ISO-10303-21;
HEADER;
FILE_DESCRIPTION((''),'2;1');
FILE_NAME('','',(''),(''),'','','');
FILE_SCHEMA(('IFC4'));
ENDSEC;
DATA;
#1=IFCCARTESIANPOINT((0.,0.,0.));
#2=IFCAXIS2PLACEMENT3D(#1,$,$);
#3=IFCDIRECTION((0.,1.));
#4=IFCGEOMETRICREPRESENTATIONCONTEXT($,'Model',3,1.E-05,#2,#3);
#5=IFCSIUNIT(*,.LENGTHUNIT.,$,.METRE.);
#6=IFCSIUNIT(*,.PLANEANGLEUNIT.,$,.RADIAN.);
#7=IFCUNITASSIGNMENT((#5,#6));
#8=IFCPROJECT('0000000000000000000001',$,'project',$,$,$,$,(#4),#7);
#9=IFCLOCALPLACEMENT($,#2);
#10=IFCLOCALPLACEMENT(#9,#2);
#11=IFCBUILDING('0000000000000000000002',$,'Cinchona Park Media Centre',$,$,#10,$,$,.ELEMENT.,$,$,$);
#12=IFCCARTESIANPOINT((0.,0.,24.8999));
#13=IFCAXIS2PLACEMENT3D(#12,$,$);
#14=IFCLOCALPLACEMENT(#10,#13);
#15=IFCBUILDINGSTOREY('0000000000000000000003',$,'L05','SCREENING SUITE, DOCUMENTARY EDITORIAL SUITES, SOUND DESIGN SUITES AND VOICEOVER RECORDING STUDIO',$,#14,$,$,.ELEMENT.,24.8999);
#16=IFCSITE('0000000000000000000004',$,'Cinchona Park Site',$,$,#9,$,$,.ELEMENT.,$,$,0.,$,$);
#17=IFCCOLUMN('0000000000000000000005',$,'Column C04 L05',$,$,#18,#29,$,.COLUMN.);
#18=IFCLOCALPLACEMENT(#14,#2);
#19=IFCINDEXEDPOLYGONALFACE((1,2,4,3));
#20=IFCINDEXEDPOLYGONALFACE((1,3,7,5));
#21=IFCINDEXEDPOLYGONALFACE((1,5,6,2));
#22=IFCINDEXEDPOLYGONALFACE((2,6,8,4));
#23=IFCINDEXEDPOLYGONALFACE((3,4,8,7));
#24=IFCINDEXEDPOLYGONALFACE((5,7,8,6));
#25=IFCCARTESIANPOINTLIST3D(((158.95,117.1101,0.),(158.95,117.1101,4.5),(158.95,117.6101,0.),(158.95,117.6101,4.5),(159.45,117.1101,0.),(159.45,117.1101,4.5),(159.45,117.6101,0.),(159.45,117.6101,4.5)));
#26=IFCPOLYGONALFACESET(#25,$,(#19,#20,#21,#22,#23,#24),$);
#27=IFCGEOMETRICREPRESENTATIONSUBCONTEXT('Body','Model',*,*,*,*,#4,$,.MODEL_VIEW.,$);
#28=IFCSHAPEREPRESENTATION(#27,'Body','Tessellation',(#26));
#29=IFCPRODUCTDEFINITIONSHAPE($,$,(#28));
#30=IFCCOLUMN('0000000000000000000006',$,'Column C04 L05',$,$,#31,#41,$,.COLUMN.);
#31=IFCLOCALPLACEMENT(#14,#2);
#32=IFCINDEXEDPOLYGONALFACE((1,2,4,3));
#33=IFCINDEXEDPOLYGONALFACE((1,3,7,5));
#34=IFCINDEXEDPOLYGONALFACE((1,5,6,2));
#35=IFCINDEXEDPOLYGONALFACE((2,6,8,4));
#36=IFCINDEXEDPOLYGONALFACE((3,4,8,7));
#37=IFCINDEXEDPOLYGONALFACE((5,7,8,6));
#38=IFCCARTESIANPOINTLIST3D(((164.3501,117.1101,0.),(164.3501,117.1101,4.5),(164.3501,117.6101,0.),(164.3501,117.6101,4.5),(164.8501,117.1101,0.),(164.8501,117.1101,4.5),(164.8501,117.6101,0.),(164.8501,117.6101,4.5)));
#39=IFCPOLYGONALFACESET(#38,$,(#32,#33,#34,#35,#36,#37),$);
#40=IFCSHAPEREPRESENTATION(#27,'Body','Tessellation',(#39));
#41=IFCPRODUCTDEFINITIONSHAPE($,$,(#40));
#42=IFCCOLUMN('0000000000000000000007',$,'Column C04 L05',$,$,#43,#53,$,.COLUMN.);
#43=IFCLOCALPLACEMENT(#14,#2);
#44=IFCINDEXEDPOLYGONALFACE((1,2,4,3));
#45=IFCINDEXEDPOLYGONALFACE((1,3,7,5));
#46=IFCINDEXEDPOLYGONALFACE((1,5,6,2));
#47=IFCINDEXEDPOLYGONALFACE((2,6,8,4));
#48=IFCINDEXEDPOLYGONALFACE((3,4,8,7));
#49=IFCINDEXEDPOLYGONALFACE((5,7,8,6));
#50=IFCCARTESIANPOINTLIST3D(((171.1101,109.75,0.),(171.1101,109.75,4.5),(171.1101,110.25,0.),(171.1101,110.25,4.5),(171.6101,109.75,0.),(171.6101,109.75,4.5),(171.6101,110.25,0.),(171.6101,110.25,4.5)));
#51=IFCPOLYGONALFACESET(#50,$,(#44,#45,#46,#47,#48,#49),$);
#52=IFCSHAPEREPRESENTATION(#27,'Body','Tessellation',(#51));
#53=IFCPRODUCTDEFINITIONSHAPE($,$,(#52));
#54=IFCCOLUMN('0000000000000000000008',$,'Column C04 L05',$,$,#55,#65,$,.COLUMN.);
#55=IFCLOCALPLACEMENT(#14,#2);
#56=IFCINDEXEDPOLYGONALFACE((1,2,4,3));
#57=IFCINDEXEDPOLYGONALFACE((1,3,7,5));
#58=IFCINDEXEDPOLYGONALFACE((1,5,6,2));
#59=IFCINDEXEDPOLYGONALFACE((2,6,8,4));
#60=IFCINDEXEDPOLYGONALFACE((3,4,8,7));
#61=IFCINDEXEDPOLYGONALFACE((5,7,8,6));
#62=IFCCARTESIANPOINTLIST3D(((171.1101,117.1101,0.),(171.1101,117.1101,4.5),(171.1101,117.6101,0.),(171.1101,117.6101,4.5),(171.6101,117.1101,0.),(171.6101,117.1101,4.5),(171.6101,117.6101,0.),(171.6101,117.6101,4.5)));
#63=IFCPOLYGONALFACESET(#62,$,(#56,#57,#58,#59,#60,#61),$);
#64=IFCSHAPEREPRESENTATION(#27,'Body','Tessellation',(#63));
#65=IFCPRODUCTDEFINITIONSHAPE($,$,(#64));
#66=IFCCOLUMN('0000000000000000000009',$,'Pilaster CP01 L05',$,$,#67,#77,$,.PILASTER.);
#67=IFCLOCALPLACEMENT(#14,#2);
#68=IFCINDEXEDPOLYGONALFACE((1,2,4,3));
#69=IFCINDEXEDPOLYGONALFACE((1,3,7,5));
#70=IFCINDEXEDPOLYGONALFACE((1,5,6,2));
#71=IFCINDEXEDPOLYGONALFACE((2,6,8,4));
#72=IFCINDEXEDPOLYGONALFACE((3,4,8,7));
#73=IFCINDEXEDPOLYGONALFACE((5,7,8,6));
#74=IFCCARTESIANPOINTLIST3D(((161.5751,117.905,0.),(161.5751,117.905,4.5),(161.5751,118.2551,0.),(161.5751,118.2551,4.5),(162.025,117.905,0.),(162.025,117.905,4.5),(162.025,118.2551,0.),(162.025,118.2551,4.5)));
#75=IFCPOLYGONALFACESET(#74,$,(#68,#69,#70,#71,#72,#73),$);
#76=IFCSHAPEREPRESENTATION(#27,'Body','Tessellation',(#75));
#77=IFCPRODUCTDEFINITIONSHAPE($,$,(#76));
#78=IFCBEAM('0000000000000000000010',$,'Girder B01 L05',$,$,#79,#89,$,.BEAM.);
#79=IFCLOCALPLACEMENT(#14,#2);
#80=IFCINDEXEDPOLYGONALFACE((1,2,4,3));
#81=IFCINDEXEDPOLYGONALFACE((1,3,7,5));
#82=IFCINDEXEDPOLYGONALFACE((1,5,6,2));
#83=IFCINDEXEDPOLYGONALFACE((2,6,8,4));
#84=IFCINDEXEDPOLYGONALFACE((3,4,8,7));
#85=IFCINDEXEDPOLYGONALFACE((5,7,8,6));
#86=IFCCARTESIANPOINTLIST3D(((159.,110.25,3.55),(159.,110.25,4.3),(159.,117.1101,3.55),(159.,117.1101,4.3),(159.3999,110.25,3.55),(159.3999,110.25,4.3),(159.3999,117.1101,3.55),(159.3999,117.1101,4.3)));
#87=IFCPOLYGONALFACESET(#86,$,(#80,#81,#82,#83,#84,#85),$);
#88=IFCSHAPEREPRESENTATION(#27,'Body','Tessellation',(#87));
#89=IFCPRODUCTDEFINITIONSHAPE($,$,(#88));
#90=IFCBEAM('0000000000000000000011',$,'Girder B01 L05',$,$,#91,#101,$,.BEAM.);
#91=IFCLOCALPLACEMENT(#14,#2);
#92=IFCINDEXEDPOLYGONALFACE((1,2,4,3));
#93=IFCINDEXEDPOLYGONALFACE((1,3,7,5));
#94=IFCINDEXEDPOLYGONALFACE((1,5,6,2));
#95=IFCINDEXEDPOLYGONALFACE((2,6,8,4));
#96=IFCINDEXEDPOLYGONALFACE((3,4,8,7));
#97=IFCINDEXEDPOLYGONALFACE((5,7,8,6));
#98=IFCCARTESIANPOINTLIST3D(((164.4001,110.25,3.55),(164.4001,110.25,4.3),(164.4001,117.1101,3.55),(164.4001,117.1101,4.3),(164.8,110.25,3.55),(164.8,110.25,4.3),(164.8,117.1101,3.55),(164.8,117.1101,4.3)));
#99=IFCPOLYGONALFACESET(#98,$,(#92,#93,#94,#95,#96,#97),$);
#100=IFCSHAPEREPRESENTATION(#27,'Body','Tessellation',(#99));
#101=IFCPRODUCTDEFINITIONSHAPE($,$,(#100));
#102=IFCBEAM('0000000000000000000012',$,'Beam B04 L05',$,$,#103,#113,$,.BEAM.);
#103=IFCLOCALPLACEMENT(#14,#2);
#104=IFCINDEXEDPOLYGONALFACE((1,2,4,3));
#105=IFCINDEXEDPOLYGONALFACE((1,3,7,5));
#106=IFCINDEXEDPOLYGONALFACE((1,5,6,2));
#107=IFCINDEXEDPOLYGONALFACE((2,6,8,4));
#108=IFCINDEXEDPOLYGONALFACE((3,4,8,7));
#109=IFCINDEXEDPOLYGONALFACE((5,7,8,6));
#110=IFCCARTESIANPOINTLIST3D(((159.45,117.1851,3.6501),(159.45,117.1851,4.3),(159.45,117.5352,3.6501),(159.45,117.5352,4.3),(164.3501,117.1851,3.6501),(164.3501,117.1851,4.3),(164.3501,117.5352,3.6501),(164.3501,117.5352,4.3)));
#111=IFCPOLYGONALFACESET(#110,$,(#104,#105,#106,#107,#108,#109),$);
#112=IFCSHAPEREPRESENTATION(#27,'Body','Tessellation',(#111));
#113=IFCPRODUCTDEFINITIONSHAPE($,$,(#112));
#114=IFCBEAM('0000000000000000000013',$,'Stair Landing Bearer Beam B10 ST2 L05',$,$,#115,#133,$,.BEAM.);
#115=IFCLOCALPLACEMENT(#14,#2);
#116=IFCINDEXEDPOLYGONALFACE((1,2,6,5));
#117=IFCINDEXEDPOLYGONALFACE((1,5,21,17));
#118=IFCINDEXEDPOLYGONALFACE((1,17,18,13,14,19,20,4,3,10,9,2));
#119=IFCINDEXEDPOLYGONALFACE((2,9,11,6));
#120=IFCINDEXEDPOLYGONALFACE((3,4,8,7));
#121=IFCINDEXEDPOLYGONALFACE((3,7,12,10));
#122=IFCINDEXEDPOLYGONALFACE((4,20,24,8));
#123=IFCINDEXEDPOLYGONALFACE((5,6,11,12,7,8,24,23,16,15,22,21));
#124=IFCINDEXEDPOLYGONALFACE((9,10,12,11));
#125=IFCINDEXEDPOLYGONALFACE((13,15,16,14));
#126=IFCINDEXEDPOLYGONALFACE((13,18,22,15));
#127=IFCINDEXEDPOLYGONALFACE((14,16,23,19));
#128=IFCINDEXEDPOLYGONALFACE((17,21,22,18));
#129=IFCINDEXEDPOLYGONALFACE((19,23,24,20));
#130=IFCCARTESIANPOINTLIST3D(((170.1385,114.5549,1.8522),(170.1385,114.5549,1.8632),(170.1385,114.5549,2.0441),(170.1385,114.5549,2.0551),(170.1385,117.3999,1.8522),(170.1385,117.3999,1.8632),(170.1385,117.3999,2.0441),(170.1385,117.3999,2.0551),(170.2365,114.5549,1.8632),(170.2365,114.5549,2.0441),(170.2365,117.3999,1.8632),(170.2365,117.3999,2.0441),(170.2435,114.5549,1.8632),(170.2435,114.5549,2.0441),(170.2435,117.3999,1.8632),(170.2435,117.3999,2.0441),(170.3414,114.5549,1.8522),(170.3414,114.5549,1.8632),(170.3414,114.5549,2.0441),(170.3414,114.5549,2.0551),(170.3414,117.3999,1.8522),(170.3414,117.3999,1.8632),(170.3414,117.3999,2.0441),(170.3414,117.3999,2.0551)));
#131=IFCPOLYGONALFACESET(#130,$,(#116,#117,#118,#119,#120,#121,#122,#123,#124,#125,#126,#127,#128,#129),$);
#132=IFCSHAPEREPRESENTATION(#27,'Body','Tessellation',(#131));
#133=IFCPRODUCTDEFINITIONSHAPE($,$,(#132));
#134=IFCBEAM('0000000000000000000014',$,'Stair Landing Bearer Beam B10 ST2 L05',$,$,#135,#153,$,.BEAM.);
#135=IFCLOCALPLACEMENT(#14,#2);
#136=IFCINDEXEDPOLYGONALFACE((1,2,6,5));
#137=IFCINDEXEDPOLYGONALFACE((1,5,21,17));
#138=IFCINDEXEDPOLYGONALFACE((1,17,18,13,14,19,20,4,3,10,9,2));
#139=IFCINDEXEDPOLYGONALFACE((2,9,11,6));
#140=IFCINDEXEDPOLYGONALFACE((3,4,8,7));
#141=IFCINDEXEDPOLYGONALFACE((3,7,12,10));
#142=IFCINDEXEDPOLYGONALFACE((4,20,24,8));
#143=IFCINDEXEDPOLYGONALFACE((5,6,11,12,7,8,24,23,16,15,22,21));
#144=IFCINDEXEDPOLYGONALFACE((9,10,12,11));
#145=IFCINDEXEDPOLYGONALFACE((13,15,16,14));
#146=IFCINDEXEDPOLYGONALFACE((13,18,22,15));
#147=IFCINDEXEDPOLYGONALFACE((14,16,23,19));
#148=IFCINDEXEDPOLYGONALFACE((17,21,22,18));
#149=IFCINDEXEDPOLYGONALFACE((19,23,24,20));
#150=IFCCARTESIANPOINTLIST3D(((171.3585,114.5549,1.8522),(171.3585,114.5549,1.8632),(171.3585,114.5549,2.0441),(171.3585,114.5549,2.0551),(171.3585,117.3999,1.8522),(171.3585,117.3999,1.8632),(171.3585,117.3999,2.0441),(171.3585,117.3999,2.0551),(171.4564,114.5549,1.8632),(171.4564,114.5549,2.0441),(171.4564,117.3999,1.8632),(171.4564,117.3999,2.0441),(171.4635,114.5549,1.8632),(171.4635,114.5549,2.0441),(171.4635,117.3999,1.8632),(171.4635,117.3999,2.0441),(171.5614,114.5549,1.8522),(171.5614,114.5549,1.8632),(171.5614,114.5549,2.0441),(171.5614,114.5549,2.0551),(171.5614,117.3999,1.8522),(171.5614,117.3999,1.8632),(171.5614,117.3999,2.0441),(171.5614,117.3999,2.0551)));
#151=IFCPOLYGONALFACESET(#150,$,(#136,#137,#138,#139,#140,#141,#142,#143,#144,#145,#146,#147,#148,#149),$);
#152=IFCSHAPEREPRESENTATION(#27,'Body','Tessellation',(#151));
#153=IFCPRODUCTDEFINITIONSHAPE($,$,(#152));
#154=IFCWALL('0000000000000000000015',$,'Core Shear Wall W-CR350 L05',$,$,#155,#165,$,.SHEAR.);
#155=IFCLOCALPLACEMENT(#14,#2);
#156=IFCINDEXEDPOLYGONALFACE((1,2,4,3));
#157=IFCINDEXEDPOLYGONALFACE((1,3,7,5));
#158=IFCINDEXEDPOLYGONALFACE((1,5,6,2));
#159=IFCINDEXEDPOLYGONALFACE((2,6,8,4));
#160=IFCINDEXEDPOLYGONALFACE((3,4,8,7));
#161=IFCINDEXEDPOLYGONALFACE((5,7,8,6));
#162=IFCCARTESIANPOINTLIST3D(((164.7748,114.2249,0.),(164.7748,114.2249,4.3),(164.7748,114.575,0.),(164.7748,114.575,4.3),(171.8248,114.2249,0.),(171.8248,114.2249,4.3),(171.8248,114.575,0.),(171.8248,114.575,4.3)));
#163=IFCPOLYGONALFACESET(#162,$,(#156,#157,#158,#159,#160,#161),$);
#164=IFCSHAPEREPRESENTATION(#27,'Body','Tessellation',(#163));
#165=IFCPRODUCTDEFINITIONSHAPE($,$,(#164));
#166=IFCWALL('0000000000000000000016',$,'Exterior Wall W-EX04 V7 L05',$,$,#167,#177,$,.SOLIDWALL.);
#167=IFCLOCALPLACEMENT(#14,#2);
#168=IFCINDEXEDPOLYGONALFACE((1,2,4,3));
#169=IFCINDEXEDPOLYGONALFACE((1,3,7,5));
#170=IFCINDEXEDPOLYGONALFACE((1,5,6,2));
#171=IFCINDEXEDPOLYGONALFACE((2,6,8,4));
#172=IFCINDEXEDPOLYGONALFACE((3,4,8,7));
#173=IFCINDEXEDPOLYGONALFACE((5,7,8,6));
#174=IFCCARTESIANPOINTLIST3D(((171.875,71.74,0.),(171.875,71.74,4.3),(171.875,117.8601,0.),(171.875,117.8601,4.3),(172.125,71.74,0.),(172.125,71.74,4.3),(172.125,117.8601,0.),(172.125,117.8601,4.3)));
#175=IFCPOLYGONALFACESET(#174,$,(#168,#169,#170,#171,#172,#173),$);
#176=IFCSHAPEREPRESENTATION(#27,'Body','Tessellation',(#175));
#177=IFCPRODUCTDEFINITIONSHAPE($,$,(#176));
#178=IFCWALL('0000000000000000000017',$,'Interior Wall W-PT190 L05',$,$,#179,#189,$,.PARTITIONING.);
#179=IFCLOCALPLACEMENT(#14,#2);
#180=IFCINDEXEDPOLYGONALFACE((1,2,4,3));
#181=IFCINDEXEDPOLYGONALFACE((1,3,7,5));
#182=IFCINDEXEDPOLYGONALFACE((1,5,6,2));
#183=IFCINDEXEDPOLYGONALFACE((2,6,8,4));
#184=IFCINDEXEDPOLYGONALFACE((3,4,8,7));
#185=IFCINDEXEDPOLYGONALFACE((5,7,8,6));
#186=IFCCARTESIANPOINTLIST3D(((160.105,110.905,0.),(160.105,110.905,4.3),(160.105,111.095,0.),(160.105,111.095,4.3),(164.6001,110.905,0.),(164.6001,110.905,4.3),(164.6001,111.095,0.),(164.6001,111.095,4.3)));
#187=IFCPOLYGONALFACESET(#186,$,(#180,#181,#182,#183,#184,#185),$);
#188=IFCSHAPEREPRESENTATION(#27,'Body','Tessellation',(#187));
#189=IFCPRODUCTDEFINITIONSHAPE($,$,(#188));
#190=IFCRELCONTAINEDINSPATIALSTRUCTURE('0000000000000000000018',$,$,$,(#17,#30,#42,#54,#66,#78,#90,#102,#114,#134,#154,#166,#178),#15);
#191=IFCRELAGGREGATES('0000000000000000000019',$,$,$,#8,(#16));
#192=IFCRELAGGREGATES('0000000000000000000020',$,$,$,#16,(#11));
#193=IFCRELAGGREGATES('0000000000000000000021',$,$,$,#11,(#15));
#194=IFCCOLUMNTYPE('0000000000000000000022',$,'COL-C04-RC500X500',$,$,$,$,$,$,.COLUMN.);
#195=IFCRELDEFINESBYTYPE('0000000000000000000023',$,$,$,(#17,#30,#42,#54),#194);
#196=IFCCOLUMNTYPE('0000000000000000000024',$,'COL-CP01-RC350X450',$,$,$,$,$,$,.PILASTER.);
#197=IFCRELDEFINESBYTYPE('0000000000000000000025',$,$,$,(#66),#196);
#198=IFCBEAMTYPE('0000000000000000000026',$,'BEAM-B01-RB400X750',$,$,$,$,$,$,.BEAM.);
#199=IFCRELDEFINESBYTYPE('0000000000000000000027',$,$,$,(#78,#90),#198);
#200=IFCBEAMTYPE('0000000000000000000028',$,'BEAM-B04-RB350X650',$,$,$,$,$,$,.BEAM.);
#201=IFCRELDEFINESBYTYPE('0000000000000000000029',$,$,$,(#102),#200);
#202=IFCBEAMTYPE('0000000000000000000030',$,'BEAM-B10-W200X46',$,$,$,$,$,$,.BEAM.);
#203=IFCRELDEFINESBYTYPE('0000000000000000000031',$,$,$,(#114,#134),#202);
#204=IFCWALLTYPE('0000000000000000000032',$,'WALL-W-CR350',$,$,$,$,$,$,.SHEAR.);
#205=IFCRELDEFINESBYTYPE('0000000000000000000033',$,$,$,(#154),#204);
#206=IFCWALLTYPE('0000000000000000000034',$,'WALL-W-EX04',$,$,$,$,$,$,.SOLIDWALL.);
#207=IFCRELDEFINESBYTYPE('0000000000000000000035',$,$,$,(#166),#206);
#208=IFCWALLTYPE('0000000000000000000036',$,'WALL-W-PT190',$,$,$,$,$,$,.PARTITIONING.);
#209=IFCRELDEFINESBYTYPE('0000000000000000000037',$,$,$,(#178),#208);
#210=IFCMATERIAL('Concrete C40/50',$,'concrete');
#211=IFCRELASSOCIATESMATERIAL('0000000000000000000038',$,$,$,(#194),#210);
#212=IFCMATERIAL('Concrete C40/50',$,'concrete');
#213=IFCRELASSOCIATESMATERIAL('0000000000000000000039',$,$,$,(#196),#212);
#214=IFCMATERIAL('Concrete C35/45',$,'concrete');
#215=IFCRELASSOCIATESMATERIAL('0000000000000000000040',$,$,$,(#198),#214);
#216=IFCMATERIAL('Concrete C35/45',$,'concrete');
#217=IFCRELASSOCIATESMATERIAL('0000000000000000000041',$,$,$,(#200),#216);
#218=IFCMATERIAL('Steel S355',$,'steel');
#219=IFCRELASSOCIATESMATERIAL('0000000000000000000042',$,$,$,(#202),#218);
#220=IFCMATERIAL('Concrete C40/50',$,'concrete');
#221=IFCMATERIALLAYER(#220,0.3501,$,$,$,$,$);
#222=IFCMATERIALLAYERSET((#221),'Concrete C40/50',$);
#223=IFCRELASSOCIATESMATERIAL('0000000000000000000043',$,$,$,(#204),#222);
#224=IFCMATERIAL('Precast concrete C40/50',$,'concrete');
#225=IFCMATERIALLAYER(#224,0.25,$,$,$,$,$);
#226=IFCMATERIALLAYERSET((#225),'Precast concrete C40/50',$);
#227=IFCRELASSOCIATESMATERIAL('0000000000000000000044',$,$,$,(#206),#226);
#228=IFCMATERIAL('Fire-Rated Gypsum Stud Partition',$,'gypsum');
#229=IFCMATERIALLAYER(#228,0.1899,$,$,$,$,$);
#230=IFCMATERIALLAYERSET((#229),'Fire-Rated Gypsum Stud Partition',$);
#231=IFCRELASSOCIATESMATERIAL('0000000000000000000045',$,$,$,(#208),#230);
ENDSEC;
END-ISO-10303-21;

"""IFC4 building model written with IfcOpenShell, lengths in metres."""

from ifc_helpers import new_model, si_unit, direction, frame, frame_2d, origin, origin_2d, place, context, subcontext, project, spatial, rectangle, i_section, extrude, material, layer, layer_set, material_profile, profile_set, type_object, element, save


model = new_model("IFC4")

# Units and contexts
model_context = context("Model", 3, precision=1e-05, world=origin(), true_north=direction((0.0, 1.0)))
body_context = subcontext(model_context, "Body", "Model", "MODEL_VIEW")
ifc_project = project(units=[si_unit("LENGTHUNIT", "METRE"), si_unit("PLANEANGLEUNIT", "RADIAN")], contexts=[model_context])

# Site, building, storey
site_placement = place(None, origin())
site = spatial("IfcSite", under=ifc_project, at=site_placement, Name="Cinchona Park Site", CompositionType="ELEMENT", RefElevation=0.0)
building_placement = place(site_placement, origin())
building = spatial("IfcBuilding", under=site, at=building_placement, Name="Cinchona Park Media Centre", CompositionType="ELEMENT")
storey_placement = place(building_placement, frame((0.0, 0.0, 24.8999)))
storey = spatial("IfcBuildingStorey", under=building, at=storey_placement, Name="L05", Description="SCREENING SUITE, DOCUMENTARY EDITORIAL SUITES, SOUND DESIGN SUITES AND VOICEOVER RECORDING STUDIO", CompositionType="ELEMENT", Elevation=24.8999)

# Columns
ifc_material_1 = material(Name="Concrete C40/50", Category="concrete")
ifc_material_profile_1 = material_profile(ifc_material_1, rectangle(XDim=0.5, YDim=0.5, at=origin_2d()), Name="RC 500X500")
ifc_profile_set_1 = profile_set([ifc_material_profile_1], Name="Concrete C40/50")
column_type_1 = type_object("IfcColumnType", Name="COL-C04-RC500X500", PredefinedType="COLUMN", material=ifc_profile_set_1)
for number, where, z_axis, x_axis, name in (
    (1, (159.2, 117.3601, 0.0), (0.0, 0.0, 1.0), (1.0, 0.0, 0.0), "Column C04 L05"),
    (2, (164.6001, 117.3601, 0.0), (0.0, 0.0, 1.0), (1.0, 0.0, 0.0), "Column C04 L05"),
    (3, (171.3601, 110.0, 0.0), (0.0, 0.0, 1.0), (1.0, 0.0, 0.0), "Column C04 L05"),
    (4, (171.3601, 117.3601, 0.0), (0.0, 0.0, 1.0), (1.0, 0.0, 0.0), "Column C04 L05"),
):
    element("IfcColumn", number, at=place(storey_placement, frame(where, z_axis=z_axis, x_axis=x_axis)), inside=storey, type_object=column_type_1, Name=name, PredefinedType="COLUMN", context=body_context, shape_type="SweptSolid", body=[
        extrude(rectangle(XDim=0.5, YDim=0.5, at=origin_2d()), origin(), (0.0, 0.0, 1.0), 4.5),
    ])
ifc_material_2 = material(Name="Concrete C40/50", Category="concrete")
ifc_material_profile_2 = material_profile(ifc_material_2, rectangle(XDim=0.3501, YDim=0.45, at=origin_2d()), Name="RC 350X450")
ifc_profile_set_2 = profile_set([ifc_material_profile_2], Name="Concrete C40/50")
column_type_2 = type_object("IfcColumnType", Name="COL-CP01-RC350X450", PredefinedType="PILASTER", material=ifc_profile_set_2)
column_placement = place(storey_placement, frame((161.8, 118.0801, 0.0), z_axis=(0.0, 0.0, 1.0), x_axis=(0.0, 1.0, 0.0)))
element("IfcColumn", 5, at=column_placement, inside=storey, type_object=column_type_2, Name="Pilaster CP01 L05", PredefinedType="PILASTER", context=body_context, shape_type="SweptSolid", body=[
    extrude(rectangle(XDim=0.3501, YDim=0.45, at=origin_2d()), origin(), (0.0, 0.0, 1.0), 4.5),
])

# Beams
ifc_material_3 = material(Name="Concrete C35/45", Category="concrete")
ifc_material_profile_3 = material_profile(ifc_material_3, rectangle(XDim=0.3999, YDim=0.75, at=origin_2d()), Name="RB 400X750")
ifc_profile_set_3 = profile_set([ifc_material_profile_3], Name="Concrete C35/45")
beam_type_1 = type_object("IfcBeamType", Name="BEAM-B01-RB400X750", PredefinedType="BEAM", material=ifc_profile_set_3)
for number, where, z_axis, x_axis, name in (
    (6, (159.2, 110.25, 3.925), (0.0, 1.0, 0.0), (-1.0, 0.0, 0.0), "Girder B01 L05"),
    (7, (164.6001, 110.25, 3.925), (0.0, 1.0, 0.0), (-1.0, 0.0, 0.0), "Girder B01 L05"),
):
    element("IfcBeam", number, at=place(storey_placement, frame(where, z_axis=z_axis, x_axis=x_axis)), inside=storey, type_object=beam_type_1, Name=name, PredefinedType="BEAM", context=body_context, shape_type="SweptSolid", body=[
        extrude(rectangle(XDim=0.3999, YDim=0.75, at=origin_2d()), origin(), (0.0, 0.0, 1.0), 6.8601),
    ])
ifc_material_4 = material(Name="Concrete C35/45", Category="concrete")
ifc_material_profile_4 = material_profile(ifc_material_4, rectangle(XDim=0.3501, YDim=0.6499, at=origin_2d()), Name="RB 350X650")
ifc_profile_set_4 = profile_set([ifc_material_profile_4], Name="Concrete C35/45")
beam_type_2 = type_object("IfcBeamType", Name="BEAM-B04-RB350X650", PredefinedType="BEAM", material=ifc_profile_set_4)
beam_placement = place(storey_placement, frame((159.45, 117.3601, 3.9751), z_axis=(1.0, 0.0, 0.0), x_axis=(0.0, 1.0, 0.0)))
element("IfcBeam", 8, at=beam_placement, inside=storey, type_object=beam_type_2, Name="Beam B04 L05", PredefinedType="BEAM", context=body_context, shape_type="SweptSolid", body=[
    extrude(rectangle(XDim=0.3501, YDim=0.6499, at=origin_2d()), origin(), (0.0, 0.0, 1.0), 4.9001),
])
ifc_material_5 = material(Name="Steel S355", Category="steel")
ifc_material_profile_5 = material_profile(ifc_material_5, i_section(OverallWidth=0.2029, OverallDepth=0.2029, WebThickness=0.0071, FlangeThickness=0.011, at=origin_2d()), Name="W200X46")
ifc_profile_set_5 = profile_set([ifc_material_profile_5], Name="Steel S355")
beam_type_3 = type_object("IfcBeamType", Name="BEAM-B10-W200X46", PredefinedType="BEAM", material=ifc_profile_set_5)
for number, where, z_axis, x_axis, name in (
    (9, (170.24, 114.5549, 1.9536), (0.0, 1.0, 0.0), (-1.0, 0.0, 0.0), "Stair Landing Bearer Beam B10 ST2 L05"),
    (10, (171.46, 114.5549, 1.9536), (0.0, 1.0, 0.0), (-1.0, 0.0, 0.0), "Stair Landing Bearer Beam B10 ST2 L05"),
):
    element("IfcBeam", number, at=place(storey_placement, frame(where, z_axis=z_axis, x_axis=x_axis)), inside=storey, type_object=beam_type_3, Name=name, PredefinedType="BEAM", context=body_context, shape_type="SweptSolid", body=[
        extrude(i_section(OverallWidth=0.2029, OverallDepth=0.2029, WebThickness=0.0071, FlangeThickness=0.011, at=origin_2d()), origin(), (0.0, 0.0, 1.0), 2.845),
    ])

# Shared definitions
ifc_material_6 = material(Name="Concrete C40/50", Category="concrete")
ifc_layer_1 = layer(ifc_material_6, 0.3501)
ifc_layer_set_1 = layer_set([ifc_layer_1], Name="Concrete C40/50")
wall_type_1 = type_object("IfcWallType", Name="WALL-W-CR350", PredefinedType="SHEAR", material=ifc_layer_set_1)

# Walls
wall_1_placement = place(storey_placement, frame((164.7749, 114.3999, 0.0), z_axis=(0.0, 0.0, 1.0), x_axis=(1.0, 0.0, 0.0)))
element("IfcWall", 11, at=wall_1_placement, inside=storey, type_object=wall_type_1, Name="Core Shear Wall W-CR350 L05", PredefinedType="SHEAR", context=body_context, shape_type="SweptSolid", body=[
    extrude(rectangle(XDim=7.05, YDim=0.3501, at=frame_2d((3.5249, 0.0))), origin(), (0.0, 0.0, 1.0), 4.3),
])
ifc_material_7 = material(Name="Precast concrete C40/50", Category="concrete")
ifc_layer_2 = layer(ifc_material_7, 0.25)
ifc_layer_set_2 = layer_set([ifc_layer_2], Name="Precast concrete C40/50")
wall_type_2 = type_object("IfcWallType", Name="WALL-W-EX04", PredefinedType="SOLIDWALL", material=ifc_layer_set_2)
wall_2_placement = place(storey_placement, frame((172.0, 117.8601, 0.0), z_axis=(0.0, 0.0, 1.0), x_axis=(0.0, -1.0, 0.0)))
element("IfcWall", 12, at=wall_2_placement, inside=storey, type_object=wall_type_2, Name="Exterior Wall W-EX04 V7 L05", PredefinedType="SOLIDWALL", context=body_context, shape_type="SweptSolid", body=[
    extrude(rectangle(XDim=46.1201, YDim=0.25, at=frame_2d((23.0601, 0.0))), origin(), (0.0, 0.0, 1.0), 4.3),
])
ifc_material_8 = material(Name="Fire-Rated Gypsum Stud Partition", Category="gypsum")
ifc_layer_3 = layer(ifc_material_8, 0.1899)
ifc_layer_set_3 = layer_set([ifc_layer_3], Name="Fire-Rated Gypsum Stud Partition")
wall_type_3 = type_object("IfcWallType", Name="WALL-W-PT190", PredefinedType="PARTITIONING", material=ifc_layer_set_3)
wall_3_placement = place(storey_placement, frame((160.105, 111.0, 0.0), z_axis=(0.0, 0.0, 1.0), x_axis=(1.0, 0.0, 0.0)))
element("IfcWall", 13, at=wall_3_placement, inside=storey, type_object=wall_type_3, Name="Interior Wall W-PT190 L05", PredefinedType="PARTITIONING", context=body_context, shape_type="SweptSolid", body=[
    extrude(rectangle(XDim=4.4951, YDim=0.1899, at=frame_2d((2.2476, 0.0))), origin(), (0.0, 0.0, 1.0), 4.3),
])

save(model, "model.ifc")
